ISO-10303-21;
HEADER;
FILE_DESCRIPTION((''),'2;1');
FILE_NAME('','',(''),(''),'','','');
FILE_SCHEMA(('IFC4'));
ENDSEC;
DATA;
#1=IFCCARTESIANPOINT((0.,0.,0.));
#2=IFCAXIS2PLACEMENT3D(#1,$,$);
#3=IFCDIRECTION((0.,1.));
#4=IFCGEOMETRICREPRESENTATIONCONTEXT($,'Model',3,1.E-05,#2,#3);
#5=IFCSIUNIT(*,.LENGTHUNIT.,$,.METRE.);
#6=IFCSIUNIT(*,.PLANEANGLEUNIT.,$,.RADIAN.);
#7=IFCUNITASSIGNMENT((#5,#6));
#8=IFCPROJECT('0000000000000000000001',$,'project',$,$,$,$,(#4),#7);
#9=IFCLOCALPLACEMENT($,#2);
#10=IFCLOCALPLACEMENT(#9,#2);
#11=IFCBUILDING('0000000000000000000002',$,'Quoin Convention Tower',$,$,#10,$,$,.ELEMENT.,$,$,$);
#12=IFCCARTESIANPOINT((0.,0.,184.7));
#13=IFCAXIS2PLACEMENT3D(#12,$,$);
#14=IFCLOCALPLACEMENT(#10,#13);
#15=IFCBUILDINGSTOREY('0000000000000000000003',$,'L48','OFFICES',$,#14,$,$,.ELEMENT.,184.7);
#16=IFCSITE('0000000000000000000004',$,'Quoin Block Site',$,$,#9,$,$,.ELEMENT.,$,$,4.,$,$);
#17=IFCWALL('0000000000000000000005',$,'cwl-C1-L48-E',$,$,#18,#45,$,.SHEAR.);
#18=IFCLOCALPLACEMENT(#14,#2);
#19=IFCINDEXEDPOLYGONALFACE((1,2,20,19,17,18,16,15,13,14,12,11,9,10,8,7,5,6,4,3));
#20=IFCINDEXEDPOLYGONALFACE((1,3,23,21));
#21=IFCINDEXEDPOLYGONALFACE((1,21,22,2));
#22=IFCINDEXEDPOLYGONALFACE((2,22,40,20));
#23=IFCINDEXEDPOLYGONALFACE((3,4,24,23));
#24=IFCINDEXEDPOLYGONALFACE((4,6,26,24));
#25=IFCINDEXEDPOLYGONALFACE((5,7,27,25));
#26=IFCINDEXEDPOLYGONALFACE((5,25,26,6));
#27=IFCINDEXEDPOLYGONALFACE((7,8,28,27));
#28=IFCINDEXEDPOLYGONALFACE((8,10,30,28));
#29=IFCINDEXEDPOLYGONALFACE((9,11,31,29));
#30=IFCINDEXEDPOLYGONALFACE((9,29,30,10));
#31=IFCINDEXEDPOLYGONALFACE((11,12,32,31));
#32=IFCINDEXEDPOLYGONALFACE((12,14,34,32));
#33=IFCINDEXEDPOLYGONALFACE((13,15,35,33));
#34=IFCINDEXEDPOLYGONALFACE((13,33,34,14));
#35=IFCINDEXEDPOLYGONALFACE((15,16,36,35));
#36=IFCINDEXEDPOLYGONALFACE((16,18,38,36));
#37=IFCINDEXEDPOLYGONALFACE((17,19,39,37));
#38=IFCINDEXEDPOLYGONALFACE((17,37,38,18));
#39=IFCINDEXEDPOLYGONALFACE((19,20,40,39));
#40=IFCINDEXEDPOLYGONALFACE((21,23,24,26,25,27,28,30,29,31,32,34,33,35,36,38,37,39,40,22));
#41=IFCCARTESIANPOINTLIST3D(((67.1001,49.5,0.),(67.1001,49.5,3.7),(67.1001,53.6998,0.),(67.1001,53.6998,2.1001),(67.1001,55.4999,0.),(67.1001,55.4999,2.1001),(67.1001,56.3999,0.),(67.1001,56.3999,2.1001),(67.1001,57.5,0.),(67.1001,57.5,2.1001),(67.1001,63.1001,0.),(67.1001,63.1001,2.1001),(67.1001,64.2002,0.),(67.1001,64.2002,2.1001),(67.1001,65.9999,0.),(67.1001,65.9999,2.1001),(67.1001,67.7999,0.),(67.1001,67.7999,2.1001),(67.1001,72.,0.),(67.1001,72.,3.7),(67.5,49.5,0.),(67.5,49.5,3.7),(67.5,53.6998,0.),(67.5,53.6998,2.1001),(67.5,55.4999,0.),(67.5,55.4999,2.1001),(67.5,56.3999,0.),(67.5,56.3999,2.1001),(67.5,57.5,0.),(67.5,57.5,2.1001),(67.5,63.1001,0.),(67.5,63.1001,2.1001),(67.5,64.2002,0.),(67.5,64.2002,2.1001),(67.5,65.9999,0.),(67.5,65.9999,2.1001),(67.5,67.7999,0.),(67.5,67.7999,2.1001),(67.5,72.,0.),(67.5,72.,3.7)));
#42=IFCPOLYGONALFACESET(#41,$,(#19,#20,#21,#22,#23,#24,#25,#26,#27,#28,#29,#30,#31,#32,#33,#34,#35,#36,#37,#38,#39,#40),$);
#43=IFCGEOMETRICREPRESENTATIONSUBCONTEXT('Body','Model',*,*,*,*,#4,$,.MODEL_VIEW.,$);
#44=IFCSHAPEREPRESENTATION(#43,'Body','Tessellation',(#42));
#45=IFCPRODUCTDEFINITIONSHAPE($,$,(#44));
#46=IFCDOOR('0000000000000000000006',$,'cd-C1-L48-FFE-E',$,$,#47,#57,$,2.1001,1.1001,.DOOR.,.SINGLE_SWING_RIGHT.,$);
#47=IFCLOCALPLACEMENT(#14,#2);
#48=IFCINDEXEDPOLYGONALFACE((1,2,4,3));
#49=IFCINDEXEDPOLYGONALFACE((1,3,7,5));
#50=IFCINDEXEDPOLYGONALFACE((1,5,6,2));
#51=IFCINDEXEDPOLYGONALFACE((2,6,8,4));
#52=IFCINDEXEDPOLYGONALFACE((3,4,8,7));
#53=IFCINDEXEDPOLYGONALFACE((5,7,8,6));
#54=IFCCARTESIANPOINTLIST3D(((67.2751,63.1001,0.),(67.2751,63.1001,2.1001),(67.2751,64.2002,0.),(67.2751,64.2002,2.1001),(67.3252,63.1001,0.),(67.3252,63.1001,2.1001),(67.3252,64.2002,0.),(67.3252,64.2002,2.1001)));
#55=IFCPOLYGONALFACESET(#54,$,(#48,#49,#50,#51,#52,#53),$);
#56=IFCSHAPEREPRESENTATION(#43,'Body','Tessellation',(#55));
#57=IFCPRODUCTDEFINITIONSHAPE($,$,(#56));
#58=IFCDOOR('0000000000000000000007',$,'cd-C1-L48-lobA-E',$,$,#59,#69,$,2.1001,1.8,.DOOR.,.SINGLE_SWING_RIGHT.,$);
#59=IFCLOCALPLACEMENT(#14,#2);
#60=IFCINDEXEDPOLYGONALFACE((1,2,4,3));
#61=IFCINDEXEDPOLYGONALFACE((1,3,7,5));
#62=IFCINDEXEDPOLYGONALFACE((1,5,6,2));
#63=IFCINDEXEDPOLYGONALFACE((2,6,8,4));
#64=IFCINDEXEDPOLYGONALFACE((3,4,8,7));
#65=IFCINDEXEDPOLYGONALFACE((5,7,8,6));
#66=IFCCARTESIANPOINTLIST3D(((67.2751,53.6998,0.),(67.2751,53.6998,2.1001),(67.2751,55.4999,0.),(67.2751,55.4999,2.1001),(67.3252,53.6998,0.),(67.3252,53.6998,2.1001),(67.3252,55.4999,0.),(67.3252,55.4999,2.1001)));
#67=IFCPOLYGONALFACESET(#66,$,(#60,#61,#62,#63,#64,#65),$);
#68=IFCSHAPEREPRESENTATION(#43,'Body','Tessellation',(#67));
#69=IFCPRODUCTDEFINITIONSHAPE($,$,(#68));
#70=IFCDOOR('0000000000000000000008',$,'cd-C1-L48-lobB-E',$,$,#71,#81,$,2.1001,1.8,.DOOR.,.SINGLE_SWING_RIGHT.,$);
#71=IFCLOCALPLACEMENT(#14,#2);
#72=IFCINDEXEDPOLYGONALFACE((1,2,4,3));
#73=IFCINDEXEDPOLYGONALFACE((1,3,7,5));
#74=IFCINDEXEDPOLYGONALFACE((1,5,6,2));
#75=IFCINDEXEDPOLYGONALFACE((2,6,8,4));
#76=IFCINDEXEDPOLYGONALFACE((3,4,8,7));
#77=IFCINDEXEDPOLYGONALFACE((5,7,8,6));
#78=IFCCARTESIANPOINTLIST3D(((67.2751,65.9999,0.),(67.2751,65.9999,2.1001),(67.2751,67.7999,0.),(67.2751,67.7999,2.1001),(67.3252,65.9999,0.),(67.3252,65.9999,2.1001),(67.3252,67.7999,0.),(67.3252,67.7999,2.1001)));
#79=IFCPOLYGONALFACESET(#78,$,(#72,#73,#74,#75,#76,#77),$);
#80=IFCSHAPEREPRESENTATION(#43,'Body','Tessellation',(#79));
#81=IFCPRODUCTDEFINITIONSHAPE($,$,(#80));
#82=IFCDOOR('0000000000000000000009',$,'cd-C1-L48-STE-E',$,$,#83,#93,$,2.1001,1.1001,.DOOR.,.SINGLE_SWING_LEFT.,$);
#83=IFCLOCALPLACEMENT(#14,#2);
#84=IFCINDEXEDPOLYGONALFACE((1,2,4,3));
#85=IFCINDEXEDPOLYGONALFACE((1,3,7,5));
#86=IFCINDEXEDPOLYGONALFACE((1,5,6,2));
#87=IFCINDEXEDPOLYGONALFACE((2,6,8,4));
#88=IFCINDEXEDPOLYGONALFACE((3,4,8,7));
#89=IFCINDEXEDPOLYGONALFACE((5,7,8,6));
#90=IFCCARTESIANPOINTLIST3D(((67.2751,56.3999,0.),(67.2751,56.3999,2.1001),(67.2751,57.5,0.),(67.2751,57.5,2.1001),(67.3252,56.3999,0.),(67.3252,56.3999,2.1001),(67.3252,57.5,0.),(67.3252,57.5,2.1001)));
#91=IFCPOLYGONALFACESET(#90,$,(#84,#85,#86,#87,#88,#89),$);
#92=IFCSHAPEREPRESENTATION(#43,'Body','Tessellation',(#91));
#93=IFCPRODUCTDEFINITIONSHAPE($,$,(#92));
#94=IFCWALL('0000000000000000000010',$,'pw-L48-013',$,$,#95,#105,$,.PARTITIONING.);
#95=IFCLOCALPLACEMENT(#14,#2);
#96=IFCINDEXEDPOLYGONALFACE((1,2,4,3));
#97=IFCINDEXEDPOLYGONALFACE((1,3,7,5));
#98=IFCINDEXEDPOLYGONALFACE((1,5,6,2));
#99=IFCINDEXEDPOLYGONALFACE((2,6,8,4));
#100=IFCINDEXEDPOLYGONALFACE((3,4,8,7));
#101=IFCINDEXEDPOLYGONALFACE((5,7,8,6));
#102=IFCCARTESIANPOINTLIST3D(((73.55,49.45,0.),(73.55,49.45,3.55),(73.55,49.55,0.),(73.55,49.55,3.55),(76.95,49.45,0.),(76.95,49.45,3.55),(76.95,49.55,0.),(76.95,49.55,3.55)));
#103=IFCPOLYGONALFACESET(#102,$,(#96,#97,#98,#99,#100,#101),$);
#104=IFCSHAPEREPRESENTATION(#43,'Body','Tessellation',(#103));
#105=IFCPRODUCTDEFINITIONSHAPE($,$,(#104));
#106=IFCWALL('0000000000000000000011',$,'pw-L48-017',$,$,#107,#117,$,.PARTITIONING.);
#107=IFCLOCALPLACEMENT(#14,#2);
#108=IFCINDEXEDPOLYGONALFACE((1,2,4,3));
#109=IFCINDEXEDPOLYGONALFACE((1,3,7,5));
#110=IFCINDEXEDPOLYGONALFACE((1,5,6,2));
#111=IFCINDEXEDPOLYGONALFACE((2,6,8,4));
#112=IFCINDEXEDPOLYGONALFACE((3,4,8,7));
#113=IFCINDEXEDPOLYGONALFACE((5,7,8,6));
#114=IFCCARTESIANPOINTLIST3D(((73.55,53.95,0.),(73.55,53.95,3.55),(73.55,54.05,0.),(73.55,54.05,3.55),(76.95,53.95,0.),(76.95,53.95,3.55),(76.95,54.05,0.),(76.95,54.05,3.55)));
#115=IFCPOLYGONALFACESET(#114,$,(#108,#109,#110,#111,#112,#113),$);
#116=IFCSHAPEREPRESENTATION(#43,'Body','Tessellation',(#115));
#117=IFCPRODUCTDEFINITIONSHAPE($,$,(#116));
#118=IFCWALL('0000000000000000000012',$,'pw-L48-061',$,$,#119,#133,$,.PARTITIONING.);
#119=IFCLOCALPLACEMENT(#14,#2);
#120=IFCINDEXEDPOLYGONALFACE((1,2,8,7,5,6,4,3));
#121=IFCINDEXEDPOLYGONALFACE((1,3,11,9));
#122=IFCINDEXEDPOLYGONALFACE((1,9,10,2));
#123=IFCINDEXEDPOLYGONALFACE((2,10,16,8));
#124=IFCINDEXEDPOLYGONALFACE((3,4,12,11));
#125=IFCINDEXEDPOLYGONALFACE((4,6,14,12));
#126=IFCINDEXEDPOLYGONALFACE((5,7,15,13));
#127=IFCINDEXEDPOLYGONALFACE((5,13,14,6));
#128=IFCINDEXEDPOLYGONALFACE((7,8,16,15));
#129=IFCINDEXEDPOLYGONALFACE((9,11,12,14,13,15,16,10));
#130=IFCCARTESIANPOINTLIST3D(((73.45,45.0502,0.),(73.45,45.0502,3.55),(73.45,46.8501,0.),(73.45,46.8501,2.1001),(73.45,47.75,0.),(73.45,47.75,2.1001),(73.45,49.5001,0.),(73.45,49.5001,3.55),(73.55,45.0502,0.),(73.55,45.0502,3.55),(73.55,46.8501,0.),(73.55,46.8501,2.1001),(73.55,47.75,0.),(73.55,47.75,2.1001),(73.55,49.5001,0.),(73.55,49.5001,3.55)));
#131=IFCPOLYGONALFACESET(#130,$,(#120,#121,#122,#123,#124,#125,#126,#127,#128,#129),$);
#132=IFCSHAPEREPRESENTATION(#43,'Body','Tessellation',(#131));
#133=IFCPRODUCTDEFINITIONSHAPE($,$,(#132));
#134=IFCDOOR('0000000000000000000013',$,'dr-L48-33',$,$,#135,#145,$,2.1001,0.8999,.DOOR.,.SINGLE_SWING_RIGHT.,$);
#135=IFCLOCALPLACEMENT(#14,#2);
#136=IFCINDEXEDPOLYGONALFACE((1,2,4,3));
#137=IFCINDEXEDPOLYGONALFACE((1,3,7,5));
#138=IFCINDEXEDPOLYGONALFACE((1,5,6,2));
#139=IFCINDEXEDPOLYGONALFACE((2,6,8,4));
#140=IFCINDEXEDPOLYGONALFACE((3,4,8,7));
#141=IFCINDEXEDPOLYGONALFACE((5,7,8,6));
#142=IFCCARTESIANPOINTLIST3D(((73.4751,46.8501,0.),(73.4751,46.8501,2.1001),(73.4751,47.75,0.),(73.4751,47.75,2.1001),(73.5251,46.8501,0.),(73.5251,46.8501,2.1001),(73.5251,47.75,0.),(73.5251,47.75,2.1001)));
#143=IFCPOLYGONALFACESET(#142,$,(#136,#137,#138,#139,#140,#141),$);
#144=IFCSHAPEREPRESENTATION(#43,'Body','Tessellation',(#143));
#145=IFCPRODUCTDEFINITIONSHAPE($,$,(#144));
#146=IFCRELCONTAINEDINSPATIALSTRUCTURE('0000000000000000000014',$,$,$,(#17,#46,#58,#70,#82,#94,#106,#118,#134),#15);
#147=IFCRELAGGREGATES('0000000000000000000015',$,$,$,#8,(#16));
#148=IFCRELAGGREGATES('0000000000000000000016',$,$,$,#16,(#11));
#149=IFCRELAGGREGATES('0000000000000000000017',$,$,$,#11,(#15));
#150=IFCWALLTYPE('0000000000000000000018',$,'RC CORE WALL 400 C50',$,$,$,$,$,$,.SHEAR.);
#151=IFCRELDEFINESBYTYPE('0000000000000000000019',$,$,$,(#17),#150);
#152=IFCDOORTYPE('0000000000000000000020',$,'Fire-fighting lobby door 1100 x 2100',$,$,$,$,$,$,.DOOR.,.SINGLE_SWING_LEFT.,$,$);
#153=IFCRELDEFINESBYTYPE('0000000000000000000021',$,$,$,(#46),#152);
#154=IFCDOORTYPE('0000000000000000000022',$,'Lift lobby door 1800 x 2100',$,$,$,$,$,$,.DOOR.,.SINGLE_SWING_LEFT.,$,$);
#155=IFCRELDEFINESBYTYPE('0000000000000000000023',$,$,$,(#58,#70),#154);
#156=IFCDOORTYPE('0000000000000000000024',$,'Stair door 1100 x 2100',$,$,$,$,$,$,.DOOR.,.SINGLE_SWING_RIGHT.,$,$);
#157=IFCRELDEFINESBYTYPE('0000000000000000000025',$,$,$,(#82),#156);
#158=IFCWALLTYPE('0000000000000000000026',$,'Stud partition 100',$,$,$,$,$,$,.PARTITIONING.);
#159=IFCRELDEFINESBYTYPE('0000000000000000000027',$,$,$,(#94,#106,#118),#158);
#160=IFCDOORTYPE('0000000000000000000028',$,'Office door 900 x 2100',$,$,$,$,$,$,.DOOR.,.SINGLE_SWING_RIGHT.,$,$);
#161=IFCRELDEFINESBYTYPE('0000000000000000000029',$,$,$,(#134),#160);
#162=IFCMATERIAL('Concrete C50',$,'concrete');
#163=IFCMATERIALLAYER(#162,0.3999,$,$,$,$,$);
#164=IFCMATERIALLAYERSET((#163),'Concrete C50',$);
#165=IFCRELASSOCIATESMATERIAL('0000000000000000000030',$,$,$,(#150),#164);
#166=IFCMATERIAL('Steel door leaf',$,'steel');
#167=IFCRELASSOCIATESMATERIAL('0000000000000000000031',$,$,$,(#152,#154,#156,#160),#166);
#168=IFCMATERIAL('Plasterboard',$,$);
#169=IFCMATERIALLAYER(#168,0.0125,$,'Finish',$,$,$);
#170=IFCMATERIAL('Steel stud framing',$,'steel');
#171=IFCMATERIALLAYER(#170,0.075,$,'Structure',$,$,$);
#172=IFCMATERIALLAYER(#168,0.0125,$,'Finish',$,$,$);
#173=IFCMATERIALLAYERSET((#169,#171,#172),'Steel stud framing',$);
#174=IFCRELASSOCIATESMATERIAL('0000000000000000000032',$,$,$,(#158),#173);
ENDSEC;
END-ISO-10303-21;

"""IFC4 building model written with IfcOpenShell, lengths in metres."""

from ifc_helpers import new_model, si_unit, direction, frame, frame_2d, origin, place, context, subcontext, project, spatial, rectangle, extrude, material, layer, layer_set, type_object, element, fill, save


model = new_model("IFC4")

# Units and contexts
model_context = context("Model", 3, precision=1e-05, world=origin(), true_north=direction((0.0, 1.0)))
body_context = subcontext(model_context, "Body", "Model", "MODEL_VIEW")
ifc_project = project(units=[si_unit("LENGTHUNIT", "METRE"), si_unit("PLANEANGLEUNIT", "RADIAN")], contexts=[model_context])

# Site, building, storey
site_placement = place(None, origin())
site = spatial("IfcSite", under=ifc_project, at=site_placement, Name="Quoin Block Site", CompositionType="ELEMENT", RefElevation=4.0)
building_placement = place(site_placement, origin())
building = spatial("IfcBuilding", under=site, at=building_placement, Name="Quoin Convention Tower", CompositionType="ELEMENT")
storey_placement = place(building_placement, frame((0.0, 0.0, 184.7)))
storey = spatial("IfcBuildingStorey", under=building, at=storey_placement, Name="L48", Description="OFFICES", CompositionType="ELEMENT", Elevation=184.7)

# Shared definitions
ifc_material_1 = material(Name="Concrete C50", Category="concrete")

# Shared definitions
ifc_material_2 = material(Name="Plasterboard")
ifc_material_3 = material(Name="Steel stud framing", Category="steel")

# Wall, openings, doors
ifc_layer_1 = layer(ifc_material_1, 0.3999)
ifc_layer_set_1 = layer_set([ifc_layer_1], Name="Concrete C50")
wall_type_1 = type_object("IfcWallType", Name="RC CORE WALL 400 C50", PredefinedType="SHEAR", material=ifc_layer_set_1)
wall_1_placement = place(storey_placement, frame((67.3, 49.5, 0.0), z_axis=(0.0, 0.0, 1.0), x_axis=(0.0, 1.0, 0.0)))
wall_1 = element("IfcWall", 1, at=wall_1_placement, inside=storey, type_object=wall_type_1, Name="cwl-C1-L48-E", PredefinedType="SHEAR", context=body_context, shape_type="SweptSolid", body=[
    extrude(rectangle(XDim=22.5, YDim=0.3999, at=frame_2d((11.25, 0.0))), origin(), (0.0, 0.0, 1.0), 3.7),
])
opening_1_placement = place(wall_1_placement, frame((4.2, 0.0, 0.0)))
opening_1 = element("IfcOpeningElement", 2, at=opening_1_placement, cuts=wall_1, PredefinedType="OPENING", context=body_context, shape_type="SweptSolid", body=[
    extrude(rectangle(XDim=1.8, YDim=2.1001, at=frame_2d((0.8999, 1.05))), frame((0.0, 0.21, 0.0), z_axis=(0.0, -1.0, 0.0), x_axis=(1.0, 0.0, 0.0)), (0.0, 0.0, 1.0), 0.4199),
])
opening_2_placement = place(wall_1_placement, frame((6.8999, 0.0, 0.0)))
opening_2 = element("IfcOpeningElement", 3, at=opening_2_placement, cuts=wall_1, PredefinedType="OPENING", context=body_context, shape_type="SweptSolid", body=[
    extrude(rectangle(XDim=1.1001, YDim=2.1001, at=frame_2d((0.55, 1.05))), frame((0.0, 0.21, 0.0), z_axis=(0.0, -1.0, 0.0), x_axis=(1.0, 0.0, 0.0)), (0.0, 0.0, 1.0), 0.4199),
])
opening_3_placement = place(wall_1_placement, frame((13.6001, 0.0, 0.0)))
opening_3 = element("IfcOpeningElement", 4, at=opening_3_placement, cuts=wall_1, PredefinedType="OPENING", context=body_context, shape_type="SweptSolid", body=[
    extrude(rectangle(XDim=1.1001, YDim=2.1001, at=frame_2d((0.55, 1.05))), frame((0.0, 0.21, 0.0), z_axis=(0.0, -1.0, 0.0), x_axis=(1.0, 0.0, 0.0)), (0.0, 0.0, 1.0), 0.4199),
])
opening_4_placement = place(wall_1_placement, frame((16.5, 0.0, 0.0)))
opening_4 = element("IfcOpeningElement", 5, at=opening_4_placement, cuts=wall_1, PredefinedType="OPENING", context=body_context, shape_type="SweptSolid", body=[
    extrude(rectangle(XDim=1.8, YDim=2.1001, at=frame_2d((0.8999, 1.05))), frame((0.0, 0.21, 0.0), z_axis=(0.0, -1.0, 0.0), x_axis=(1.0, 0.0, 0.0)), (0.0, 0.0, 1.0), 0.4199),
])
ifc_material_4 = material(Name="Steel door leaf", Category="steel")
door_type_1 = type_object("IfcDoorType", Name="Fire-fighting lobby door 1100 x 2100", OperationType="SINGLE_SWING_LEFT", PredefinedType="DOOR", material=ifc_material_4)
door_1_placement = place(opening_3_placement, origin())
door_1 = element("IfcDoor", 6, at=door_1_placement, inside=storey, type_object=door_type_1, Name="cd-C1-L48-FFE-E", OperationType="SINGLE_SWING_RIGHT", OverallHeight=2.1001, OverallWidth=1.1001, PredefinedType="DOOR", context=body_context, shape_type="SweptSolid", body=[
    extrude(rectangle(XDim=1.1001, YDim=2.1001, at=frame_2d((0.55, 1.05))), frame((0.0, 0.0249, 0.0), z_axis=(0.0, -1.0, 0.0), x_axis=(1.0, 0.0, 0.0)), (0.0, 0.0, 1.0), 0.05),
])
fill(opening_3, door_1)
door_type_2 = type_object("IfcDoorType", Name="Lift lobby door 1800 x 2100", OperationType="SINGLE_SWING_LEFT", PredefinedType="DOOR", material=ifc_material_4)
door_2_placement = place(opening_1_placement, origin())
door_2 = element("IfcDoor", 7, at=door_2_placement, inside=storey, type_object=door_type_2, Name="cd-C1-L48-lobA-E", OperationType="SINGLE_SWING_RIGHT", OverallHeight=2.1001, OverallWidth=1.8, PredefinedType="DOOR", context=body_context, shape_type="SweptSolid", body=[
    extrude(rectangle(XDim=1.8, YDim=2.1001, at=frame_2d((0.8999, 1.05))), frame((0.0, 0.0249, 0.0), z_axis=(0.0, -1.0, 0.0), x_axis=(1.0, 0.0, 0.0)), (0.0, 0.0, 1.0), 0.05),
])
fill(opening_1, door_2)
door_3_placement = place(opening_4_placement, origin())
door_3 = element("IfcDoor", 8, at=door_3_placement, inside=storey, type_object=door_type_2, Name="cd-C1-L48-lobB-E", OperationType="SINGLE_SWING_RIGHT", OverallHeight=2.1001, OverallWidth=1.8, PredefinedType="DOOR", context=body_context, shape_type="SweptSolid", body=[
    extrude(rectangle(XDim=1.8, YDim=2.1001, at=frame_2d((0.8999, 1.05))), frame((0.0, 0.0249, 0.0), z_axis=(0.0, -1.0, 0.0), x_axis=(1.0, 0.0, 0.0)), (0.0, 0.0, 1.0), 0.05),
])
fill(opening_4, door_3)
door_type_3 = type_object("IfcDoorType", Name="Stair door 1100 x 2100", OperationType="SINGLE_SWING_RIGHT", PredefinedType="DOOR", material=ifc_material_4)
door_4_placement = place(opening_2_placement, origin())
door_4 = element("IfcDoor", 9, at=door_4_placement, inside=storey, type_object=door_type_3, Name="cd-C1-L48-STE-E", OperationType="SINGLE_SWING_LEFT", OverallHeight=2.1001, OverallWidth=1.1001, PredefinedType="DOOR", context=body_context, shape_type="SweptSolid", body=[
    extrude(rectangle(XDim=1.1001, YDim=2.1001, at=frame_2d((0.55, 1.05))), frame((0.0, 0.0249, 0.0), z_axis=(0.0, -1.0, 0.0), x_axis=(1.0, 0.0, 0.0)), (0.0, 0.0, 1.0), 0.05),
])
fill(opening_2, door_4)

# Walls
ifc_layer_2 = layer(ifc_material_2, 0.0125, Name="Finish")
ifc_layer_3 = layer(ifc_material_3, 0.075, Name="Structure")
ifc_layer_4 = layer(ifc_material_2, 0.0125, Name="Finish")
ifc_layer_set_2 = layer_set([ifc_layer_2, ifc_layer_3, ifc_layer_4], Name="Steel stud framing")
wall_type_2 = type_object("IfcWallType", Name="Stud partition 100", PredefinedType="PARTITIONING", material=ifc_layer_set_2)
for number, where, z_axis, x_axis, name in (
    (10, (73.55, 49.5, 0.0), (0.0, 0.0, 1.0), (1.0, 0.0, 0.0), "pw-L48-013"),
    (11, (73.55, 54.0, 0.0), (0.0, 0.0, 1.0), (1.0, 0.0, 0.0), "pw-L48-017"),
):
    element("IfcWall", number, at=place(storey_placement, frame(where, z_axis=z_axis, x_axis=x_axis)), inside=storey, type_object=wall_type_2, Name=name, PredefinedType="PARTITIONING", context=body_context, shape_type="SweptSolid", body=[
        extrude(rectangle(XDim=3.3999, YDim=0.1001, at=frame_2d((1.7, 0.0))), origin(), (0.0, 0.0, 1.0), 3.55),
    ])

# Wall, opening, door
wall_2_placement = place(storey_placement, frame((73.5, 45.05, 0.0), z_axis=(0.0, 0.0, 1.0), x_axis=(0.0, 1.0, 0.0)))
wall_2 = element("IfcWall", 12, at=wall_2_placement, inside=storey, type_object=wall_type_2, Name="pw-L48-061", PredefinedType="PARTITIONING", context=body_context, shape_type="SweptSolid", body=[
    extrude(rectangle(XDim=4.45, YDim=0.1001, at=frame_2d((2.2251, 0.0))), origin(), (0.0, 0.0, 1.0), 3.55),
])
opening_5_placement = place(wall_2_placement, frame((1.8, 0.0, 0.0)))
opening_5 = element("IfcOpeningElement", 13, at=opening_5_placement, cuts=wall_2, PredefinedType="OPENING", context=body_context, shape_type="SweptSolid", body=[
    extrude(rectangle(XDim=0.8999, YDim=2.1001, at=frame_2d((0.45, 1.05))), frame((0.0, 0.0601, 0.0), z_axis=(0.0, -1.0, 0.0), x_axis=(1.0, 0.0, 0.0)), (0.0, 0.0, 1.0), 0.1201),
])
door_type_4 = type_object("IfcDoorType", Name="Office door 900 x 2100", OperationType="SINGLE_SWING_RIGHT", PredefinedType="DOOR", material=ifc_material_4)
door_5_placement = place(opening_5_placement, origin())
door_5 = element("IfcDoor", 14, at=door_5_placement, inside=storey, type_object=door_type_4, Name="dr-L48-33", OperationType="SINGLE_SWING_RIGHT", OverallHeight=2.1001, OverallWidth=0.8999, PredefinedType="DOOR", context=body_context, shape_type="SweptSolid", body=[
    extrude(rectangle(XDim=0.8999, YDim=2.1001, at=frame_2d((0.45, 1.05))), frame((0.0, 0.0249, 0.0), z_axis=(0.0, -1.0, 0.0), x_axis=(1.0, 0.0, 0.0)), (0.0, 0.0, 1.0), 0.05),
])
fill(opening_5, door_5)

save(model, "model.ifc")
